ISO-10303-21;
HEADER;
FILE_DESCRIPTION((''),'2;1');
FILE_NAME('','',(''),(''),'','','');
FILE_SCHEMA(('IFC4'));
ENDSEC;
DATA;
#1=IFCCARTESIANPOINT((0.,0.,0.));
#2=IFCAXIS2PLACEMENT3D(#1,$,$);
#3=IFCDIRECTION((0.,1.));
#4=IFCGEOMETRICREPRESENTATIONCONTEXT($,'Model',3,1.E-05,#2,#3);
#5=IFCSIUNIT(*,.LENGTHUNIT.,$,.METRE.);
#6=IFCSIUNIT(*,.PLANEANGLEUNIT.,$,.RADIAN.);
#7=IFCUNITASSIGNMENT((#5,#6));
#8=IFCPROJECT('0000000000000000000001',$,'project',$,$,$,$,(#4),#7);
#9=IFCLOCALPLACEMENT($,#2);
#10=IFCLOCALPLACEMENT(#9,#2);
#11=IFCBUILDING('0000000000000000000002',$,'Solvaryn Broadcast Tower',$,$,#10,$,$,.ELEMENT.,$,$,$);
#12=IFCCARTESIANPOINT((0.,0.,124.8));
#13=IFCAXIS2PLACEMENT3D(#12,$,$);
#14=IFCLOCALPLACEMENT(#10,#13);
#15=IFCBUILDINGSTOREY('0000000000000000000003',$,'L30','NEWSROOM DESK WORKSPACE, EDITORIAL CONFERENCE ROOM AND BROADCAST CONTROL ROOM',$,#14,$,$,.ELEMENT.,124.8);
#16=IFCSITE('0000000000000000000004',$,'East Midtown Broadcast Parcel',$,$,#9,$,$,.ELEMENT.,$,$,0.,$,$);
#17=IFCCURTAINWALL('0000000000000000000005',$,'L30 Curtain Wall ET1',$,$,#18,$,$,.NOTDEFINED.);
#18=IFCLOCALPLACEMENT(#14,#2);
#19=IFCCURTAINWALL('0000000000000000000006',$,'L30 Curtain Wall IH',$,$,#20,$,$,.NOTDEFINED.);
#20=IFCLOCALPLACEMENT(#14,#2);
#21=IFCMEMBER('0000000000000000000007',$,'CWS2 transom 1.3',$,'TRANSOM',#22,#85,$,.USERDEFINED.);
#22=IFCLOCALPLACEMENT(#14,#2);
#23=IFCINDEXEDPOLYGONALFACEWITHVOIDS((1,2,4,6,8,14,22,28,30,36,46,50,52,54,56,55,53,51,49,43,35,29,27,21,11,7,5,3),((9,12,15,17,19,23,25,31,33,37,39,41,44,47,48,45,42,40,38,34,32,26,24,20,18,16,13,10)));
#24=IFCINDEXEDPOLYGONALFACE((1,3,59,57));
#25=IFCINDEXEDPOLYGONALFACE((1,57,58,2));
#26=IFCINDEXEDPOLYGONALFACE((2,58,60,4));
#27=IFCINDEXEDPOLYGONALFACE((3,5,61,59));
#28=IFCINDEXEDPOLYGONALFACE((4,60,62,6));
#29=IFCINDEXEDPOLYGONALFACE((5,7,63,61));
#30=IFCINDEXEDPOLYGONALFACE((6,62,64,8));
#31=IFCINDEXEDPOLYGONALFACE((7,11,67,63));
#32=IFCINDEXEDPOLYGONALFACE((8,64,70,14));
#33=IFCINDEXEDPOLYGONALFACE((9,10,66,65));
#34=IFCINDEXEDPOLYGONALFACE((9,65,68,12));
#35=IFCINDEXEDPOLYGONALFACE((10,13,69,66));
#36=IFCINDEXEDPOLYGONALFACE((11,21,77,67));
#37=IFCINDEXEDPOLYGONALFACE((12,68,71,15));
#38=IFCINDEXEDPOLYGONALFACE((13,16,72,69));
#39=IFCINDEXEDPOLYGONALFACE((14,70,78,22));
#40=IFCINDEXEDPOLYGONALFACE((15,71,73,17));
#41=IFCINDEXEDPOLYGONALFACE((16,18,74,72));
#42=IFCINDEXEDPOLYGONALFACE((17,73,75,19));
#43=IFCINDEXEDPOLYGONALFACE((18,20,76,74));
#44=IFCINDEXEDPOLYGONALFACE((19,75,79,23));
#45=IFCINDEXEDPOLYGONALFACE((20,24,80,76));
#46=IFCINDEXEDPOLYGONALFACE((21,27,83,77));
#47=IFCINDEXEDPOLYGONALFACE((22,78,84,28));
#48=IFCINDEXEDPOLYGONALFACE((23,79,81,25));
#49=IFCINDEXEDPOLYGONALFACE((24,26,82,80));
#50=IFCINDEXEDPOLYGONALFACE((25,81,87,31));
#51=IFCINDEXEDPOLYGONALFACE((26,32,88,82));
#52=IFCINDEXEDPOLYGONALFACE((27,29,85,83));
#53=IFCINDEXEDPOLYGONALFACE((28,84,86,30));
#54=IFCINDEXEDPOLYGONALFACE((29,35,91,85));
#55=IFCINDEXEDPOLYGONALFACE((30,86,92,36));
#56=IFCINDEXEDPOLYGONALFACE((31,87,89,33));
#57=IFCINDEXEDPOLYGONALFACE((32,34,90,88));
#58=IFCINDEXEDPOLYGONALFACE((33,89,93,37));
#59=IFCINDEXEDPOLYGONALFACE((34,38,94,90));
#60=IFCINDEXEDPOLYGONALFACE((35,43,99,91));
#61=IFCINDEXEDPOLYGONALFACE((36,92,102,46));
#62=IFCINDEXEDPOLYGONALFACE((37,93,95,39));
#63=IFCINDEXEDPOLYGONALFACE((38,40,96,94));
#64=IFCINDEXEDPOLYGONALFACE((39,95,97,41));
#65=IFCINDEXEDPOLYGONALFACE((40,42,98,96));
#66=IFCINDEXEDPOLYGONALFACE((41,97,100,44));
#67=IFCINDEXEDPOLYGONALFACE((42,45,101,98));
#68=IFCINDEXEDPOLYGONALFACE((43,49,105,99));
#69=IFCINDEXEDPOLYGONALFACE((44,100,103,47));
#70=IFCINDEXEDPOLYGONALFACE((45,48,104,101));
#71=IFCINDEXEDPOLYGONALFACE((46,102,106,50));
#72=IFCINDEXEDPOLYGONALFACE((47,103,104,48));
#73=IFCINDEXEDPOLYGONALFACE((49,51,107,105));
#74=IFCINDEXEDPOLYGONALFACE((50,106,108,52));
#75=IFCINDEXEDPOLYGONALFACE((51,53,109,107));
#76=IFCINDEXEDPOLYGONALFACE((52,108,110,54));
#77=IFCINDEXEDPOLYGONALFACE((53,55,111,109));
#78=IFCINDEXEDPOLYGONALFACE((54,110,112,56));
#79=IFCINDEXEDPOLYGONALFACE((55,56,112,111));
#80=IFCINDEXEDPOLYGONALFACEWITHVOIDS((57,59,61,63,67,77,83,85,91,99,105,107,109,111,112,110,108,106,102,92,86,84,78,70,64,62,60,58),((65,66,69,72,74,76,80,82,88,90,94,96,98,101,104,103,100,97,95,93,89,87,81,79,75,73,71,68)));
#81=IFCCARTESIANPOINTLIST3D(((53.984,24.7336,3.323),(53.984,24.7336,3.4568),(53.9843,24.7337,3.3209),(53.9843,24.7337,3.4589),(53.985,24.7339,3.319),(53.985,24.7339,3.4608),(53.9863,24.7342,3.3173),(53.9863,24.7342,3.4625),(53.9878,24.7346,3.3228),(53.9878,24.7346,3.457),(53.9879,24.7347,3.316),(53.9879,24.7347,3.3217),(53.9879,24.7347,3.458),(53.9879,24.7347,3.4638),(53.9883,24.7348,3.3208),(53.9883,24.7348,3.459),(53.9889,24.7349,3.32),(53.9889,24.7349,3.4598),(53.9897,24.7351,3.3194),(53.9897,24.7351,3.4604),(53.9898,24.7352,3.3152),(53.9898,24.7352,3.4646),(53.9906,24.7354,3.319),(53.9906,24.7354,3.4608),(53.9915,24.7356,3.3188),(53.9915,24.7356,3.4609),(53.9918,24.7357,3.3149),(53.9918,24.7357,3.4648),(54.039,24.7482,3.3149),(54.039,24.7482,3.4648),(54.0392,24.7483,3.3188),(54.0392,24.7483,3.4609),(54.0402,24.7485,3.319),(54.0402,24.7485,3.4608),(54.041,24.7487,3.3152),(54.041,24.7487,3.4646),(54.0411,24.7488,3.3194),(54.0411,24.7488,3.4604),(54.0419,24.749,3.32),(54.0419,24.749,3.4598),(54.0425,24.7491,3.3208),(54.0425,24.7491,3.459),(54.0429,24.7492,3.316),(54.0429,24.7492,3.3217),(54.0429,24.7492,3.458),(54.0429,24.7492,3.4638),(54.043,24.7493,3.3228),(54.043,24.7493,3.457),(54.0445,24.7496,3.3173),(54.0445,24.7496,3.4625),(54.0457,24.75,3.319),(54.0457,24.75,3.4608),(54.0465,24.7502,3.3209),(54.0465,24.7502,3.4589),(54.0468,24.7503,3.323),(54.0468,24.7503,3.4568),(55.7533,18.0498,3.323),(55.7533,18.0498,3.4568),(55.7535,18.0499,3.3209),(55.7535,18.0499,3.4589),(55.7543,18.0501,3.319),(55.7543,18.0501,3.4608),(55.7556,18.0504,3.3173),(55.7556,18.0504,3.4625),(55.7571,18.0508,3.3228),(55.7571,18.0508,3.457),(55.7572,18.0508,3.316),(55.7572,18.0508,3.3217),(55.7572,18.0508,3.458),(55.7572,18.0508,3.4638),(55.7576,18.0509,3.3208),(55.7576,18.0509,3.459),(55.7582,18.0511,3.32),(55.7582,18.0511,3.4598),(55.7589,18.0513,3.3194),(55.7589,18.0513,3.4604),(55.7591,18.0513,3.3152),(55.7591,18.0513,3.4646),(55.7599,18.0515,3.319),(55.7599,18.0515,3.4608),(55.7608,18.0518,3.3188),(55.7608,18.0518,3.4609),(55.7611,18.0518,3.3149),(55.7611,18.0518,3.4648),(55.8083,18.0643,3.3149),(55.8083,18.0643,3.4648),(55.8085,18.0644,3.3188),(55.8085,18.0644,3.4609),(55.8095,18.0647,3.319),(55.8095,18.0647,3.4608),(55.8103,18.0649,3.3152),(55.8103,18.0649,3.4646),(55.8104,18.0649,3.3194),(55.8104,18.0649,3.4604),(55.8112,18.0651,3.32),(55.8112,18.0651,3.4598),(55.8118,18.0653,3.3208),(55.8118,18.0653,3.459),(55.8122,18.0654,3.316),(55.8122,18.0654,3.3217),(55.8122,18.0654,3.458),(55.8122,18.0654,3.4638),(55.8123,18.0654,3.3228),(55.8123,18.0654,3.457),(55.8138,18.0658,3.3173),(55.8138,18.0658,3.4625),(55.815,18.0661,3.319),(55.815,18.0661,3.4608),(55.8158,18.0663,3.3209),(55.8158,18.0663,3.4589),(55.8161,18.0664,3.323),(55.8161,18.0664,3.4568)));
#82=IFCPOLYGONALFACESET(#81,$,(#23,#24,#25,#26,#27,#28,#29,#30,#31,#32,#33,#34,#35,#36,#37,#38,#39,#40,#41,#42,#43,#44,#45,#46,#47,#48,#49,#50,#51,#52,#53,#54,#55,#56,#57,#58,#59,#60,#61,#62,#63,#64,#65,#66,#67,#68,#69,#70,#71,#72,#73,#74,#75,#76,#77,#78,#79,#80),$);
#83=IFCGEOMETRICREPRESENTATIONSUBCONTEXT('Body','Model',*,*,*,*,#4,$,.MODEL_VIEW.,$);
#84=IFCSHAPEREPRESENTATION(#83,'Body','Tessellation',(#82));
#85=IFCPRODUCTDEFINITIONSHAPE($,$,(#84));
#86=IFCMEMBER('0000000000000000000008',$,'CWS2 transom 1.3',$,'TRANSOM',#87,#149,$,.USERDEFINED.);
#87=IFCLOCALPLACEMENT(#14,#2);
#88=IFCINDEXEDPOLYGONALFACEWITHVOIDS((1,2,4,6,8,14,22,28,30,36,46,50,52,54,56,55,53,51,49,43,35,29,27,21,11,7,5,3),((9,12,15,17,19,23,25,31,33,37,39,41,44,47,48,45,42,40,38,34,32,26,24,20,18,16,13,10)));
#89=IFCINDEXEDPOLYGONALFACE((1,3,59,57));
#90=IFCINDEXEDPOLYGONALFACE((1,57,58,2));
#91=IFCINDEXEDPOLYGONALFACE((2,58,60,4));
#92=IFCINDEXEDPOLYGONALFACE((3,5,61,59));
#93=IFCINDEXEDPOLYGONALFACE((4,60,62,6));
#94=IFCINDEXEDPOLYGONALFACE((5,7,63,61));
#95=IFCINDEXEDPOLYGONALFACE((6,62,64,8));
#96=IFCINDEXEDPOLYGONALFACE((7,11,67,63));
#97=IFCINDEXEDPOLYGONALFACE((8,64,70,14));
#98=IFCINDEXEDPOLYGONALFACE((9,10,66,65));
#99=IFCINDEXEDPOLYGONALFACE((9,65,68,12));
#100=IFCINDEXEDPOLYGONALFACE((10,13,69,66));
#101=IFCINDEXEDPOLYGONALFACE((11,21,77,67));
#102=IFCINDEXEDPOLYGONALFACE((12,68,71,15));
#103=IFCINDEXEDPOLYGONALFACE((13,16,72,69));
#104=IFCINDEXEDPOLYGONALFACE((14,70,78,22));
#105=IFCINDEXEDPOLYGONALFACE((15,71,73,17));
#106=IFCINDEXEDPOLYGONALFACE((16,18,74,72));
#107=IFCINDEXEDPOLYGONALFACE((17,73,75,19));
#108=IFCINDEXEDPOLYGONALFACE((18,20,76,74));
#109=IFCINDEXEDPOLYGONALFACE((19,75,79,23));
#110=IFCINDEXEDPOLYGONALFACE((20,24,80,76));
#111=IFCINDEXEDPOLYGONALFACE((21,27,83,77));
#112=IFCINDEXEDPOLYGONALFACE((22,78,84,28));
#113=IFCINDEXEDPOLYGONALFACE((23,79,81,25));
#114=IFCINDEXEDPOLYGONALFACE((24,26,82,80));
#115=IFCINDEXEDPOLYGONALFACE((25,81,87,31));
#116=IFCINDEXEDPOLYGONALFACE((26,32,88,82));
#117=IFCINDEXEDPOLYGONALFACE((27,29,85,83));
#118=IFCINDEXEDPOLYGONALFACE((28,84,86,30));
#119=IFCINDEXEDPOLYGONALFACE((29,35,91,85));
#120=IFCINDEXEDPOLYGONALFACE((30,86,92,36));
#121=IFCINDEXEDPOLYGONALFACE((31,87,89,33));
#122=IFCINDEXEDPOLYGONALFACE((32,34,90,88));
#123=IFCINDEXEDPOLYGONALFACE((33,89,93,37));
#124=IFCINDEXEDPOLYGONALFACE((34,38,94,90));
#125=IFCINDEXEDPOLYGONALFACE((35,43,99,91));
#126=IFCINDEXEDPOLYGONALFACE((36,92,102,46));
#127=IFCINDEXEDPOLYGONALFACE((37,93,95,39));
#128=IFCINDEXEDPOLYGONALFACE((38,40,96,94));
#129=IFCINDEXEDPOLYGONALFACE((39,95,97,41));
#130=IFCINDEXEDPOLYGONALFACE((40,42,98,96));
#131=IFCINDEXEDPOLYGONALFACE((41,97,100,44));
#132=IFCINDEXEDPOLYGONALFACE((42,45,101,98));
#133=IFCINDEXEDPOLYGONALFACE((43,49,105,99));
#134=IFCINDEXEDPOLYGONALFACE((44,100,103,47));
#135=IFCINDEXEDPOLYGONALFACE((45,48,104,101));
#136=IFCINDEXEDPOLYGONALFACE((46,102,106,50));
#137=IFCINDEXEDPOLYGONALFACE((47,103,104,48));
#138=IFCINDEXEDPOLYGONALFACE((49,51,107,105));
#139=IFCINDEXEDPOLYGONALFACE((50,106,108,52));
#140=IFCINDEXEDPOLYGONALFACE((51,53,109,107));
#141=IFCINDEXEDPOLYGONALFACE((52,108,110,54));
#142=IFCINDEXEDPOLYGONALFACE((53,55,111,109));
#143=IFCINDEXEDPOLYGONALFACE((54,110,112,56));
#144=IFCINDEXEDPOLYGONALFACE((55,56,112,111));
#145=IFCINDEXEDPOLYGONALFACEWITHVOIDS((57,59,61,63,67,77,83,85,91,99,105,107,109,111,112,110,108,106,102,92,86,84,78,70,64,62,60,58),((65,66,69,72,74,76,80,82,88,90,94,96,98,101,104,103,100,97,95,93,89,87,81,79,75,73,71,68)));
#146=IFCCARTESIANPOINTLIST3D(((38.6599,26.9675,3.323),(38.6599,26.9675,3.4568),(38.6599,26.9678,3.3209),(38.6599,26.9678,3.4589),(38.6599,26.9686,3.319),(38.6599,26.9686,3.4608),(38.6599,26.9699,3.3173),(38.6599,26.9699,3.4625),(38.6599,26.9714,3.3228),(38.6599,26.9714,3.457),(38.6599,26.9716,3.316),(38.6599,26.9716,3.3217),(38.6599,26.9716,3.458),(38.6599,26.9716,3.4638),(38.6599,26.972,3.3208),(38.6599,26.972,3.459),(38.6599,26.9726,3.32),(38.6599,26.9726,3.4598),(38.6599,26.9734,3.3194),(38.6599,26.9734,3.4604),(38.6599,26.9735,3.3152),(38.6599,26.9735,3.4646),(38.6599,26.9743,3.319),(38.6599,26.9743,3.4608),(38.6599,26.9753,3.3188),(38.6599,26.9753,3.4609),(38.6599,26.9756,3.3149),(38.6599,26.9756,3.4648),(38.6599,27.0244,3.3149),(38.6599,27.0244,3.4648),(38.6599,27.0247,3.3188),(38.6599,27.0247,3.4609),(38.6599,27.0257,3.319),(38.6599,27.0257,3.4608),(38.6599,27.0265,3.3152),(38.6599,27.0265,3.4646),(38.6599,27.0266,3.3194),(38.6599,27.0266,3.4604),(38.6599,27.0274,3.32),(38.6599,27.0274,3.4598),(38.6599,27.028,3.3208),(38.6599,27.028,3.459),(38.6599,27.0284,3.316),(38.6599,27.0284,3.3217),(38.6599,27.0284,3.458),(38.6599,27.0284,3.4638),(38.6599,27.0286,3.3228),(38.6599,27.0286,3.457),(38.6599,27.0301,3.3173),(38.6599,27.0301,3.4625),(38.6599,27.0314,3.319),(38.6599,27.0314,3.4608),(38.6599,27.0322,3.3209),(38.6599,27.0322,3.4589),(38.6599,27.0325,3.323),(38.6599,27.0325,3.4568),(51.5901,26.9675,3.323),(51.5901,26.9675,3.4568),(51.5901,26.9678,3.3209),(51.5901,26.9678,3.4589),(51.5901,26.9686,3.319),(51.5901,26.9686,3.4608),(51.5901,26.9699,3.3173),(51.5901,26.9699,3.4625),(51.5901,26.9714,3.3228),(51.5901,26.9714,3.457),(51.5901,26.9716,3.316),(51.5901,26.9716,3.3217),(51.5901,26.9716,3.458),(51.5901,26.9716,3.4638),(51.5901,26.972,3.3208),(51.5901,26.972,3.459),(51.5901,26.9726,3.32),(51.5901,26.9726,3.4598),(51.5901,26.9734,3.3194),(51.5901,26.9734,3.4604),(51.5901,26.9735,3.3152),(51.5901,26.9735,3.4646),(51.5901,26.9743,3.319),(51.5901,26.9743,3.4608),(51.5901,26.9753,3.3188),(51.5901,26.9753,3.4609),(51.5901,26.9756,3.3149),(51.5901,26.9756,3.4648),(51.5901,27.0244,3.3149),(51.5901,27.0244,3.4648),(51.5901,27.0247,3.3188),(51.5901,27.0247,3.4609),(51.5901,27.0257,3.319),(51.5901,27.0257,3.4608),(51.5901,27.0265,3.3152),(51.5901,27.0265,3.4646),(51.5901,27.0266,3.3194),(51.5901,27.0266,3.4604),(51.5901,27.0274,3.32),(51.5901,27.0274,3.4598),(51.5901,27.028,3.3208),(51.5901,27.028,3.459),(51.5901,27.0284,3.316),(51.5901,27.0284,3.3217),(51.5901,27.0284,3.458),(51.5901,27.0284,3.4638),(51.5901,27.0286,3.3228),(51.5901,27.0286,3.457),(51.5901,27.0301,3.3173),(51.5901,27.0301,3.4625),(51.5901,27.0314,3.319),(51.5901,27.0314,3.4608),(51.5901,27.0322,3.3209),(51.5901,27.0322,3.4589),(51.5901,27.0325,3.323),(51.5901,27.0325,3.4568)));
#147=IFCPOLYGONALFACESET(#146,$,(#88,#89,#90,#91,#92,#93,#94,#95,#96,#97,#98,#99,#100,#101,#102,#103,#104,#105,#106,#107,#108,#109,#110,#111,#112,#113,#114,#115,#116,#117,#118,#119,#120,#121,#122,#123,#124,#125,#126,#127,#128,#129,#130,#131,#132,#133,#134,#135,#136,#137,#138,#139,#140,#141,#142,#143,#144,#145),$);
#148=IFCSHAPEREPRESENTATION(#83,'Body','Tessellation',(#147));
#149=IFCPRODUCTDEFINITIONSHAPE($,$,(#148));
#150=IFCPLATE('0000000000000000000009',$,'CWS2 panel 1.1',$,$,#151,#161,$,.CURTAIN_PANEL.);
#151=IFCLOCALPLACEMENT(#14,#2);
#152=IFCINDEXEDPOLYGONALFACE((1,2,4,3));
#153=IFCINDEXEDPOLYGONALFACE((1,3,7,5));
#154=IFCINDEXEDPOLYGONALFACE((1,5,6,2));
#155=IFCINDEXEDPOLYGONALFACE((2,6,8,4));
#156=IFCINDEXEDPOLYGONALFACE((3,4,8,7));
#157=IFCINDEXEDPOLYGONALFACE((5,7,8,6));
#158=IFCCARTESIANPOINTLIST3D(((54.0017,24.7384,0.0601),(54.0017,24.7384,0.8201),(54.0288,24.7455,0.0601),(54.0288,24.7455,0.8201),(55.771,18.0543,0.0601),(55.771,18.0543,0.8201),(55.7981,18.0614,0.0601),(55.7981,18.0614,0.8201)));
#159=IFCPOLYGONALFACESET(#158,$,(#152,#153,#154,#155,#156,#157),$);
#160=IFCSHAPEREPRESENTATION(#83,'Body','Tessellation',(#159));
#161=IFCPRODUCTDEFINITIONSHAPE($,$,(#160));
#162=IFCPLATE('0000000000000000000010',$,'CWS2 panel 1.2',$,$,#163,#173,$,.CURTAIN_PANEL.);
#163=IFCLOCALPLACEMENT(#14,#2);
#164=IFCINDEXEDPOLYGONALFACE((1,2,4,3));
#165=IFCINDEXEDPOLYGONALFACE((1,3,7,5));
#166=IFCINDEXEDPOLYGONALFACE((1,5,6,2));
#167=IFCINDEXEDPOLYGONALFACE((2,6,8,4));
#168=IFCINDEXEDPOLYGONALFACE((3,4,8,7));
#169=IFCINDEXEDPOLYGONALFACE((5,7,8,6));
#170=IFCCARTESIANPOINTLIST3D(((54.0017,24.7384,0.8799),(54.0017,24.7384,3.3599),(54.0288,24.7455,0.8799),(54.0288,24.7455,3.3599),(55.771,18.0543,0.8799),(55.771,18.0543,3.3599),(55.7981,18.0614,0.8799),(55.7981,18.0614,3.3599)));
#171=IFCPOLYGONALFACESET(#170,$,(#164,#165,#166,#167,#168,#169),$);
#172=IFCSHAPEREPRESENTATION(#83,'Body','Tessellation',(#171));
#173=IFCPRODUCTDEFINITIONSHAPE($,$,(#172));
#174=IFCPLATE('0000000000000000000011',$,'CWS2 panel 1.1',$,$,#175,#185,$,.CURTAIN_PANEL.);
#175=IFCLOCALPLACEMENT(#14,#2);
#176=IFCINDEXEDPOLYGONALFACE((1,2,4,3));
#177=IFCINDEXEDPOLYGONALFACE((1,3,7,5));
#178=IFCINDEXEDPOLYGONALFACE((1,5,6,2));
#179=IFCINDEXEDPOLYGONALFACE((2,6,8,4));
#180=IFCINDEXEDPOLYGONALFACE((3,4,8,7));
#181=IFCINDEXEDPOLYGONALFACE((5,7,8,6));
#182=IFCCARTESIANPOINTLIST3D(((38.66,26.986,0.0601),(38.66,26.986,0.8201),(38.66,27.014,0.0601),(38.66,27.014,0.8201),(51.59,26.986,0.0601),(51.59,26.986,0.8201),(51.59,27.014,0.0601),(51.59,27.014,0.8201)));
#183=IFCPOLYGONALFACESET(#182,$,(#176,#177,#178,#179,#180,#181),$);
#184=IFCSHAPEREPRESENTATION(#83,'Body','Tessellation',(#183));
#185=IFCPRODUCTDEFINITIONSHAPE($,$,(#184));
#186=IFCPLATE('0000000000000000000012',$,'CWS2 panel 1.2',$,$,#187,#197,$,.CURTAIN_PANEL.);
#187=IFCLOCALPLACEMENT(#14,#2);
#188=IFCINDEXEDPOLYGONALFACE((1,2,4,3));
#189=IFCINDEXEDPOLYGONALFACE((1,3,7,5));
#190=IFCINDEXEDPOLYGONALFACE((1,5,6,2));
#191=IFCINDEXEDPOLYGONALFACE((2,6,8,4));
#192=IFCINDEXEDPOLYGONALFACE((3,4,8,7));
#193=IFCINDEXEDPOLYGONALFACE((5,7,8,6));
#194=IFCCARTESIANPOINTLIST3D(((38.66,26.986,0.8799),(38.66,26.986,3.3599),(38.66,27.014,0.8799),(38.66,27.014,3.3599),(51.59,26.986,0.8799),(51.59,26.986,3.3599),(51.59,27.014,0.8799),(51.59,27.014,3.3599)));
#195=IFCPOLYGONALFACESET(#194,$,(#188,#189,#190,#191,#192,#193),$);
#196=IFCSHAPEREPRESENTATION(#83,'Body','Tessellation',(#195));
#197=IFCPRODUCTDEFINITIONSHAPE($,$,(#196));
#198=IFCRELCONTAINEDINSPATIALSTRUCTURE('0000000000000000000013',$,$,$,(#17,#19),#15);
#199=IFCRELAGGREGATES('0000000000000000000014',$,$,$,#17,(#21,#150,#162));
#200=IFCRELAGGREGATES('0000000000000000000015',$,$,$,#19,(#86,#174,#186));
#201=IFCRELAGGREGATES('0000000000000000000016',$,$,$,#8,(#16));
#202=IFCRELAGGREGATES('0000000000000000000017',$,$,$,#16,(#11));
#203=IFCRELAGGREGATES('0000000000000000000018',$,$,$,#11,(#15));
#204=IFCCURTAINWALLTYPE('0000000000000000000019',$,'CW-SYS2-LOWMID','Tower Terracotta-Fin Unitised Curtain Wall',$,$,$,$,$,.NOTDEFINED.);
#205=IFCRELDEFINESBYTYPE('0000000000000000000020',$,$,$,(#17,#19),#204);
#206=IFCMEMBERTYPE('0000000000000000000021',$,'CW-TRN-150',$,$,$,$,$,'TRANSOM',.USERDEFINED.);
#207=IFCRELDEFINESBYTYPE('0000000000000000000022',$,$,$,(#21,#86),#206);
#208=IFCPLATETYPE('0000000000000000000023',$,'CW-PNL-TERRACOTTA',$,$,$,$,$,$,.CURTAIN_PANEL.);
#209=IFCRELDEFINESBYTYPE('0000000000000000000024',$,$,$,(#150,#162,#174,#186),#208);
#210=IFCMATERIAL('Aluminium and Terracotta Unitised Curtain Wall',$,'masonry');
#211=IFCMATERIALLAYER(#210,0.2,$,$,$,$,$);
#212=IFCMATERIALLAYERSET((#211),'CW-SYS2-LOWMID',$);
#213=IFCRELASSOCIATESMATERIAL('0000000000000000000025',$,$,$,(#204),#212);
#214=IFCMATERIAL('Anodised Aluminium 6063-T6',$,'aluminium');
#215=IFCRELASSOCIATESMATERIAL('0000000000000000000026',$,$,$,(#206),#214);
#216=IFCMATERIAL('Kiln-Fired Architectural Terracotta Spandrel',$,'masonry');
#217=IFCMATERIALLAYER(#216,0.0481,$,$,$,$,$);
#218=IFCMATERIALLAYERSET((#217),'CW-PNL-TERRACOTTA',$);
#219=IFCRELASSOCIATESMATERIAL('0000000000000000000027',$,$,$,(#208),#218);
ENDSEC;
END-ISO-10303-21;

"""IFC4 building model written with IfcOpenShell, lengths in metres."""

from ifc_helpers import new_model, si_unit, direction, frame, origin, origin_2d, place, context, subcontext, project, spatial, rectangle, hollow_rectangle, extrude, material, layer, layer_set, material_profile, profile_set, type_object, element, aggregate, save


model = new_model("IFC4")

# Units and contexts
model_context = context("Model", 3, precision=1e-05, world=origin(), true_north=direction((0.0, 1.0)))
body_context = subcontext(model_context, "Body", "Model", "MODEL_VIEW")
ifc_project = project(units=[si_unit("LENGTHUNIT", "METRE"), si_unit("PLANEANGLEUNIT", "RADIAN")], contexts=[model_context])

# Site, building, storey
site_placement = place(None, origin())
site = spatial("IfcSite", under=ifc_project, at=site_placement, Name="East Midtown Broadcast Parcel", CompositionType="ELEMENT", RefElevation=0.0)
building_placement = place(site_placement, origin())
building = spatial("IfcBuilding", under=site, at=building_placement, Name="Solvaryn Broadcast Tower", CompositionType="ELEMENT")
storey_placement = place(building_placement, frame((0.0, 0.0, 124.8)))
storey = spatial("IfcBuildingStorey", under=building, at=storey_placement, Name="L30", Description="NEWSROOM DESK WORKSPACE, EDITORIAL CONFERENCE ROOM AND BROADCAST CONTROL ROOM", CompositionType="ELEMENT", Elevation=124.8)

# Curtain walls
ifc_material_1 = material(Name="Aluminium and Terracotta Unitised Curtain Wall", Category="masonry")
ifc_layer_1 = layer(ifc_material_1, 0.2)
ifc_layer_set_1 = layer_set([ifc_layer_1], Name="CW-SYS2-LOWMID")
curtain_wall_type = type_object("IfcCurtainWallType", Name="CW-SYS2-LOWMID", Description="Tower Terracotta-Fin Unitised Curtain Wall", PredefinedType="NOTDEFINED", material=ifc_layer_set_1)
curtain_wall_1_placement = place(storey_placement, origin())
curtain_wall_1 = element("IfcCurtainWall", 1, at=curtain_wall_1_placement, inside=storey, type_object=curtain_wall_type, Name="L30 Curtain Wall ET1", PredefinedType="NOTDEFINED")
curtain_wall_2_placement = place(storey_placement, origin())
curtain_wall_2 = element("IfcCurtainWall", 2, at=curtain_wall_2_placement, inside=storey, type_object=curtain_wall_type, Name="L30 Curtain Wall IH", PredefinedType="NOTDEFINED")

# Members
ifc_material_2 = material(Name="Anodised Aluminium 6063-T6", Category="aluminium")
ifc_material_profile_1 = material_profile(ifc_material_2, hollow_rectangle(XDim=0.0649, YDim=0.1499, WallThickness=0.0039, InnerFilletRadius=0.0039, OuterFilletRadius=0.0081, at=origin_2d()))
ifc_profile_set_1 = profile_set([ifc_material_profile_1], Name="Anodised Aluminium 6063-T6")
member_type_1 = type_object("IfcMemberType", Name="CW-TRN-150", ElementType="TRANSOM", PredefinedType="USERDEFINED", material=ifc_profile_set_1)
member_1_placement = place(storey_placement, frame((54.0154, 24.7419, 3.3899), z_axis=(0.255897, -0.966704, 0.0), x_axis=(0.966704, 0.255897, 0.0)))
member_1 = element("IfcMember", 3, at=member_1_placement, type_object=member_type_1, Name="CWS2 transom 1.3", ObjectType="TRANSOM", PredefinedType="USERDEFINED", context=body_context, shape_type="SweptSolid", body=[
    extrude(hollow_rectangle(XDim=0.0649, YDim=0.1499, WallThickness=0.0039, InnerFilletRadius=0.0039, OuterFilletRadius=0.0081, at=origin_2d()), origin(), (0.0, 0.0, 1.0), 6.9141),
])
member_2_placement = place(storey_placement, frame((38.6599, 27.0, 3.3899), z_axis=(1.0, 0.0, 0.0), x_axis=(0.0, 1.0, 0.0)))
member_2 = element("IfcMember", 4, at=member_2_placement, type_object=member_type_1, Name="CWS2 transom 1.3", ObjectType="TRANSOM", PredefinedType="USERDEFINED", context=body_context, shape_type="SweptSolid", body=[
    extrude(hollow_rectangle(XDim=0.0649, YDim=0.1499, WallThickness=0.0039, InnerFilletRadius=0.0039, OuterFilletRadius=0.0081, at=origin_2d()), origin(), (0.0, 0.0, 1.0), 12.9302),
])

# Plates
ifc_material_3 = material(Name="Kiln-Fired Architectural Terracotta Spandrel", Category="masonry")
ifc_layer_2 = layer(ifc_material_3, 0.0481)
ifc_layer_set_2 = layer_set([ifc_layer_2], Name="CW-PNL-TERRACOTTA")
plate_type = type_object("IfcPlateType", Name="CW-PNL-TERRACOTTA", PredefinedType="CURTAIN_PANEL", material=ifc_layer_set_2)
plate_1_placement = place(storey_placement, frame((54.8999, 21.3999, 0.0601), z_axis=(0.0, 0.0, 1.0), x_axis=(0.255893, -0.966705, 0.0)))
plate_1 = element("IfcPlate", 5, at=plate_1_placement, type_object=plate_type, Name="CWS2 panel 1.1", PredefinedType="CURTAIN_PANEL", context=body_context, shape_type="SweptSolid", body=[
    extrude(rectangle(XDim=6.9143, YDim=0.0281, at=origin_2d()), origin(), (0.0, 0.0, 1.0), 0.76),
])
plate_2_placement = place(storey_placement, frame((54.8999, 21.3999, 0.8799), z_axis=(0.0, 0.0, 1.0), x_axis=(0.255893, -0.966705, 0.0)))
plate_2 = element("IfcPlate", 6, at=plate_2_placement, type_object=plate_type, Name="CWS2 panel 1.2", PredefinedType="CURTAIN_PANEL", context=body_context, shape_type="SweptSolid", body=[
    extrude(rectangle(XDim=6.9143, YDim=0.0281, at=origin_2d()), origin(), (0.0, 0.0, 1.0), 2.48),
])
aggregate(curtain_wall_1, [member_1, plate_1, plate_2])
plate_3_placement = place(storey_placement, frame((45.125, 27.0, 0.0601), z_axis=(0.0, 0.0, 1.0), x_axis=(1.0, 0.0, 0.0)))
plate_3 = element("IfcPlate", 7, at=plate_3_placement, type_object=plate_type, Name="CWS2 panel 1.1", PredefinedType="CURTAIN_PANEL", context=body_context, shape_type="SweptSolid", body=[
    extrude(rectangle(XDim=12.9299, YDim=0.0281, at=origin_2d()), origin(), (0.0, 0.0, 1.0), 0.76),
])
plate_4_placement = place(storey_placement, frame((45.125, 27.0, 0.8799), z_axis=(0.0, 0.0, 1.0), x_axis=(1.0, 0.0, 0.0)))
plate_4 = element("IfcPlate", 8, at=plate_4_placement, type_object=plate_type, Name="CWS2 panel 1.2", PredefinedType="CURTAIN_PANEL", context=body_context, shape_type="SweptSolid", body=[
    extrude(rectangle(XDim=12.9299, YDim=0.0281, at=origin_2d()), origin(), (0.0, 0.0, 1.0), 2.48),
])
aggregate(curtain_wall_2, [member_2, plate_3, plate_4])

save(model, "model.ifc")
